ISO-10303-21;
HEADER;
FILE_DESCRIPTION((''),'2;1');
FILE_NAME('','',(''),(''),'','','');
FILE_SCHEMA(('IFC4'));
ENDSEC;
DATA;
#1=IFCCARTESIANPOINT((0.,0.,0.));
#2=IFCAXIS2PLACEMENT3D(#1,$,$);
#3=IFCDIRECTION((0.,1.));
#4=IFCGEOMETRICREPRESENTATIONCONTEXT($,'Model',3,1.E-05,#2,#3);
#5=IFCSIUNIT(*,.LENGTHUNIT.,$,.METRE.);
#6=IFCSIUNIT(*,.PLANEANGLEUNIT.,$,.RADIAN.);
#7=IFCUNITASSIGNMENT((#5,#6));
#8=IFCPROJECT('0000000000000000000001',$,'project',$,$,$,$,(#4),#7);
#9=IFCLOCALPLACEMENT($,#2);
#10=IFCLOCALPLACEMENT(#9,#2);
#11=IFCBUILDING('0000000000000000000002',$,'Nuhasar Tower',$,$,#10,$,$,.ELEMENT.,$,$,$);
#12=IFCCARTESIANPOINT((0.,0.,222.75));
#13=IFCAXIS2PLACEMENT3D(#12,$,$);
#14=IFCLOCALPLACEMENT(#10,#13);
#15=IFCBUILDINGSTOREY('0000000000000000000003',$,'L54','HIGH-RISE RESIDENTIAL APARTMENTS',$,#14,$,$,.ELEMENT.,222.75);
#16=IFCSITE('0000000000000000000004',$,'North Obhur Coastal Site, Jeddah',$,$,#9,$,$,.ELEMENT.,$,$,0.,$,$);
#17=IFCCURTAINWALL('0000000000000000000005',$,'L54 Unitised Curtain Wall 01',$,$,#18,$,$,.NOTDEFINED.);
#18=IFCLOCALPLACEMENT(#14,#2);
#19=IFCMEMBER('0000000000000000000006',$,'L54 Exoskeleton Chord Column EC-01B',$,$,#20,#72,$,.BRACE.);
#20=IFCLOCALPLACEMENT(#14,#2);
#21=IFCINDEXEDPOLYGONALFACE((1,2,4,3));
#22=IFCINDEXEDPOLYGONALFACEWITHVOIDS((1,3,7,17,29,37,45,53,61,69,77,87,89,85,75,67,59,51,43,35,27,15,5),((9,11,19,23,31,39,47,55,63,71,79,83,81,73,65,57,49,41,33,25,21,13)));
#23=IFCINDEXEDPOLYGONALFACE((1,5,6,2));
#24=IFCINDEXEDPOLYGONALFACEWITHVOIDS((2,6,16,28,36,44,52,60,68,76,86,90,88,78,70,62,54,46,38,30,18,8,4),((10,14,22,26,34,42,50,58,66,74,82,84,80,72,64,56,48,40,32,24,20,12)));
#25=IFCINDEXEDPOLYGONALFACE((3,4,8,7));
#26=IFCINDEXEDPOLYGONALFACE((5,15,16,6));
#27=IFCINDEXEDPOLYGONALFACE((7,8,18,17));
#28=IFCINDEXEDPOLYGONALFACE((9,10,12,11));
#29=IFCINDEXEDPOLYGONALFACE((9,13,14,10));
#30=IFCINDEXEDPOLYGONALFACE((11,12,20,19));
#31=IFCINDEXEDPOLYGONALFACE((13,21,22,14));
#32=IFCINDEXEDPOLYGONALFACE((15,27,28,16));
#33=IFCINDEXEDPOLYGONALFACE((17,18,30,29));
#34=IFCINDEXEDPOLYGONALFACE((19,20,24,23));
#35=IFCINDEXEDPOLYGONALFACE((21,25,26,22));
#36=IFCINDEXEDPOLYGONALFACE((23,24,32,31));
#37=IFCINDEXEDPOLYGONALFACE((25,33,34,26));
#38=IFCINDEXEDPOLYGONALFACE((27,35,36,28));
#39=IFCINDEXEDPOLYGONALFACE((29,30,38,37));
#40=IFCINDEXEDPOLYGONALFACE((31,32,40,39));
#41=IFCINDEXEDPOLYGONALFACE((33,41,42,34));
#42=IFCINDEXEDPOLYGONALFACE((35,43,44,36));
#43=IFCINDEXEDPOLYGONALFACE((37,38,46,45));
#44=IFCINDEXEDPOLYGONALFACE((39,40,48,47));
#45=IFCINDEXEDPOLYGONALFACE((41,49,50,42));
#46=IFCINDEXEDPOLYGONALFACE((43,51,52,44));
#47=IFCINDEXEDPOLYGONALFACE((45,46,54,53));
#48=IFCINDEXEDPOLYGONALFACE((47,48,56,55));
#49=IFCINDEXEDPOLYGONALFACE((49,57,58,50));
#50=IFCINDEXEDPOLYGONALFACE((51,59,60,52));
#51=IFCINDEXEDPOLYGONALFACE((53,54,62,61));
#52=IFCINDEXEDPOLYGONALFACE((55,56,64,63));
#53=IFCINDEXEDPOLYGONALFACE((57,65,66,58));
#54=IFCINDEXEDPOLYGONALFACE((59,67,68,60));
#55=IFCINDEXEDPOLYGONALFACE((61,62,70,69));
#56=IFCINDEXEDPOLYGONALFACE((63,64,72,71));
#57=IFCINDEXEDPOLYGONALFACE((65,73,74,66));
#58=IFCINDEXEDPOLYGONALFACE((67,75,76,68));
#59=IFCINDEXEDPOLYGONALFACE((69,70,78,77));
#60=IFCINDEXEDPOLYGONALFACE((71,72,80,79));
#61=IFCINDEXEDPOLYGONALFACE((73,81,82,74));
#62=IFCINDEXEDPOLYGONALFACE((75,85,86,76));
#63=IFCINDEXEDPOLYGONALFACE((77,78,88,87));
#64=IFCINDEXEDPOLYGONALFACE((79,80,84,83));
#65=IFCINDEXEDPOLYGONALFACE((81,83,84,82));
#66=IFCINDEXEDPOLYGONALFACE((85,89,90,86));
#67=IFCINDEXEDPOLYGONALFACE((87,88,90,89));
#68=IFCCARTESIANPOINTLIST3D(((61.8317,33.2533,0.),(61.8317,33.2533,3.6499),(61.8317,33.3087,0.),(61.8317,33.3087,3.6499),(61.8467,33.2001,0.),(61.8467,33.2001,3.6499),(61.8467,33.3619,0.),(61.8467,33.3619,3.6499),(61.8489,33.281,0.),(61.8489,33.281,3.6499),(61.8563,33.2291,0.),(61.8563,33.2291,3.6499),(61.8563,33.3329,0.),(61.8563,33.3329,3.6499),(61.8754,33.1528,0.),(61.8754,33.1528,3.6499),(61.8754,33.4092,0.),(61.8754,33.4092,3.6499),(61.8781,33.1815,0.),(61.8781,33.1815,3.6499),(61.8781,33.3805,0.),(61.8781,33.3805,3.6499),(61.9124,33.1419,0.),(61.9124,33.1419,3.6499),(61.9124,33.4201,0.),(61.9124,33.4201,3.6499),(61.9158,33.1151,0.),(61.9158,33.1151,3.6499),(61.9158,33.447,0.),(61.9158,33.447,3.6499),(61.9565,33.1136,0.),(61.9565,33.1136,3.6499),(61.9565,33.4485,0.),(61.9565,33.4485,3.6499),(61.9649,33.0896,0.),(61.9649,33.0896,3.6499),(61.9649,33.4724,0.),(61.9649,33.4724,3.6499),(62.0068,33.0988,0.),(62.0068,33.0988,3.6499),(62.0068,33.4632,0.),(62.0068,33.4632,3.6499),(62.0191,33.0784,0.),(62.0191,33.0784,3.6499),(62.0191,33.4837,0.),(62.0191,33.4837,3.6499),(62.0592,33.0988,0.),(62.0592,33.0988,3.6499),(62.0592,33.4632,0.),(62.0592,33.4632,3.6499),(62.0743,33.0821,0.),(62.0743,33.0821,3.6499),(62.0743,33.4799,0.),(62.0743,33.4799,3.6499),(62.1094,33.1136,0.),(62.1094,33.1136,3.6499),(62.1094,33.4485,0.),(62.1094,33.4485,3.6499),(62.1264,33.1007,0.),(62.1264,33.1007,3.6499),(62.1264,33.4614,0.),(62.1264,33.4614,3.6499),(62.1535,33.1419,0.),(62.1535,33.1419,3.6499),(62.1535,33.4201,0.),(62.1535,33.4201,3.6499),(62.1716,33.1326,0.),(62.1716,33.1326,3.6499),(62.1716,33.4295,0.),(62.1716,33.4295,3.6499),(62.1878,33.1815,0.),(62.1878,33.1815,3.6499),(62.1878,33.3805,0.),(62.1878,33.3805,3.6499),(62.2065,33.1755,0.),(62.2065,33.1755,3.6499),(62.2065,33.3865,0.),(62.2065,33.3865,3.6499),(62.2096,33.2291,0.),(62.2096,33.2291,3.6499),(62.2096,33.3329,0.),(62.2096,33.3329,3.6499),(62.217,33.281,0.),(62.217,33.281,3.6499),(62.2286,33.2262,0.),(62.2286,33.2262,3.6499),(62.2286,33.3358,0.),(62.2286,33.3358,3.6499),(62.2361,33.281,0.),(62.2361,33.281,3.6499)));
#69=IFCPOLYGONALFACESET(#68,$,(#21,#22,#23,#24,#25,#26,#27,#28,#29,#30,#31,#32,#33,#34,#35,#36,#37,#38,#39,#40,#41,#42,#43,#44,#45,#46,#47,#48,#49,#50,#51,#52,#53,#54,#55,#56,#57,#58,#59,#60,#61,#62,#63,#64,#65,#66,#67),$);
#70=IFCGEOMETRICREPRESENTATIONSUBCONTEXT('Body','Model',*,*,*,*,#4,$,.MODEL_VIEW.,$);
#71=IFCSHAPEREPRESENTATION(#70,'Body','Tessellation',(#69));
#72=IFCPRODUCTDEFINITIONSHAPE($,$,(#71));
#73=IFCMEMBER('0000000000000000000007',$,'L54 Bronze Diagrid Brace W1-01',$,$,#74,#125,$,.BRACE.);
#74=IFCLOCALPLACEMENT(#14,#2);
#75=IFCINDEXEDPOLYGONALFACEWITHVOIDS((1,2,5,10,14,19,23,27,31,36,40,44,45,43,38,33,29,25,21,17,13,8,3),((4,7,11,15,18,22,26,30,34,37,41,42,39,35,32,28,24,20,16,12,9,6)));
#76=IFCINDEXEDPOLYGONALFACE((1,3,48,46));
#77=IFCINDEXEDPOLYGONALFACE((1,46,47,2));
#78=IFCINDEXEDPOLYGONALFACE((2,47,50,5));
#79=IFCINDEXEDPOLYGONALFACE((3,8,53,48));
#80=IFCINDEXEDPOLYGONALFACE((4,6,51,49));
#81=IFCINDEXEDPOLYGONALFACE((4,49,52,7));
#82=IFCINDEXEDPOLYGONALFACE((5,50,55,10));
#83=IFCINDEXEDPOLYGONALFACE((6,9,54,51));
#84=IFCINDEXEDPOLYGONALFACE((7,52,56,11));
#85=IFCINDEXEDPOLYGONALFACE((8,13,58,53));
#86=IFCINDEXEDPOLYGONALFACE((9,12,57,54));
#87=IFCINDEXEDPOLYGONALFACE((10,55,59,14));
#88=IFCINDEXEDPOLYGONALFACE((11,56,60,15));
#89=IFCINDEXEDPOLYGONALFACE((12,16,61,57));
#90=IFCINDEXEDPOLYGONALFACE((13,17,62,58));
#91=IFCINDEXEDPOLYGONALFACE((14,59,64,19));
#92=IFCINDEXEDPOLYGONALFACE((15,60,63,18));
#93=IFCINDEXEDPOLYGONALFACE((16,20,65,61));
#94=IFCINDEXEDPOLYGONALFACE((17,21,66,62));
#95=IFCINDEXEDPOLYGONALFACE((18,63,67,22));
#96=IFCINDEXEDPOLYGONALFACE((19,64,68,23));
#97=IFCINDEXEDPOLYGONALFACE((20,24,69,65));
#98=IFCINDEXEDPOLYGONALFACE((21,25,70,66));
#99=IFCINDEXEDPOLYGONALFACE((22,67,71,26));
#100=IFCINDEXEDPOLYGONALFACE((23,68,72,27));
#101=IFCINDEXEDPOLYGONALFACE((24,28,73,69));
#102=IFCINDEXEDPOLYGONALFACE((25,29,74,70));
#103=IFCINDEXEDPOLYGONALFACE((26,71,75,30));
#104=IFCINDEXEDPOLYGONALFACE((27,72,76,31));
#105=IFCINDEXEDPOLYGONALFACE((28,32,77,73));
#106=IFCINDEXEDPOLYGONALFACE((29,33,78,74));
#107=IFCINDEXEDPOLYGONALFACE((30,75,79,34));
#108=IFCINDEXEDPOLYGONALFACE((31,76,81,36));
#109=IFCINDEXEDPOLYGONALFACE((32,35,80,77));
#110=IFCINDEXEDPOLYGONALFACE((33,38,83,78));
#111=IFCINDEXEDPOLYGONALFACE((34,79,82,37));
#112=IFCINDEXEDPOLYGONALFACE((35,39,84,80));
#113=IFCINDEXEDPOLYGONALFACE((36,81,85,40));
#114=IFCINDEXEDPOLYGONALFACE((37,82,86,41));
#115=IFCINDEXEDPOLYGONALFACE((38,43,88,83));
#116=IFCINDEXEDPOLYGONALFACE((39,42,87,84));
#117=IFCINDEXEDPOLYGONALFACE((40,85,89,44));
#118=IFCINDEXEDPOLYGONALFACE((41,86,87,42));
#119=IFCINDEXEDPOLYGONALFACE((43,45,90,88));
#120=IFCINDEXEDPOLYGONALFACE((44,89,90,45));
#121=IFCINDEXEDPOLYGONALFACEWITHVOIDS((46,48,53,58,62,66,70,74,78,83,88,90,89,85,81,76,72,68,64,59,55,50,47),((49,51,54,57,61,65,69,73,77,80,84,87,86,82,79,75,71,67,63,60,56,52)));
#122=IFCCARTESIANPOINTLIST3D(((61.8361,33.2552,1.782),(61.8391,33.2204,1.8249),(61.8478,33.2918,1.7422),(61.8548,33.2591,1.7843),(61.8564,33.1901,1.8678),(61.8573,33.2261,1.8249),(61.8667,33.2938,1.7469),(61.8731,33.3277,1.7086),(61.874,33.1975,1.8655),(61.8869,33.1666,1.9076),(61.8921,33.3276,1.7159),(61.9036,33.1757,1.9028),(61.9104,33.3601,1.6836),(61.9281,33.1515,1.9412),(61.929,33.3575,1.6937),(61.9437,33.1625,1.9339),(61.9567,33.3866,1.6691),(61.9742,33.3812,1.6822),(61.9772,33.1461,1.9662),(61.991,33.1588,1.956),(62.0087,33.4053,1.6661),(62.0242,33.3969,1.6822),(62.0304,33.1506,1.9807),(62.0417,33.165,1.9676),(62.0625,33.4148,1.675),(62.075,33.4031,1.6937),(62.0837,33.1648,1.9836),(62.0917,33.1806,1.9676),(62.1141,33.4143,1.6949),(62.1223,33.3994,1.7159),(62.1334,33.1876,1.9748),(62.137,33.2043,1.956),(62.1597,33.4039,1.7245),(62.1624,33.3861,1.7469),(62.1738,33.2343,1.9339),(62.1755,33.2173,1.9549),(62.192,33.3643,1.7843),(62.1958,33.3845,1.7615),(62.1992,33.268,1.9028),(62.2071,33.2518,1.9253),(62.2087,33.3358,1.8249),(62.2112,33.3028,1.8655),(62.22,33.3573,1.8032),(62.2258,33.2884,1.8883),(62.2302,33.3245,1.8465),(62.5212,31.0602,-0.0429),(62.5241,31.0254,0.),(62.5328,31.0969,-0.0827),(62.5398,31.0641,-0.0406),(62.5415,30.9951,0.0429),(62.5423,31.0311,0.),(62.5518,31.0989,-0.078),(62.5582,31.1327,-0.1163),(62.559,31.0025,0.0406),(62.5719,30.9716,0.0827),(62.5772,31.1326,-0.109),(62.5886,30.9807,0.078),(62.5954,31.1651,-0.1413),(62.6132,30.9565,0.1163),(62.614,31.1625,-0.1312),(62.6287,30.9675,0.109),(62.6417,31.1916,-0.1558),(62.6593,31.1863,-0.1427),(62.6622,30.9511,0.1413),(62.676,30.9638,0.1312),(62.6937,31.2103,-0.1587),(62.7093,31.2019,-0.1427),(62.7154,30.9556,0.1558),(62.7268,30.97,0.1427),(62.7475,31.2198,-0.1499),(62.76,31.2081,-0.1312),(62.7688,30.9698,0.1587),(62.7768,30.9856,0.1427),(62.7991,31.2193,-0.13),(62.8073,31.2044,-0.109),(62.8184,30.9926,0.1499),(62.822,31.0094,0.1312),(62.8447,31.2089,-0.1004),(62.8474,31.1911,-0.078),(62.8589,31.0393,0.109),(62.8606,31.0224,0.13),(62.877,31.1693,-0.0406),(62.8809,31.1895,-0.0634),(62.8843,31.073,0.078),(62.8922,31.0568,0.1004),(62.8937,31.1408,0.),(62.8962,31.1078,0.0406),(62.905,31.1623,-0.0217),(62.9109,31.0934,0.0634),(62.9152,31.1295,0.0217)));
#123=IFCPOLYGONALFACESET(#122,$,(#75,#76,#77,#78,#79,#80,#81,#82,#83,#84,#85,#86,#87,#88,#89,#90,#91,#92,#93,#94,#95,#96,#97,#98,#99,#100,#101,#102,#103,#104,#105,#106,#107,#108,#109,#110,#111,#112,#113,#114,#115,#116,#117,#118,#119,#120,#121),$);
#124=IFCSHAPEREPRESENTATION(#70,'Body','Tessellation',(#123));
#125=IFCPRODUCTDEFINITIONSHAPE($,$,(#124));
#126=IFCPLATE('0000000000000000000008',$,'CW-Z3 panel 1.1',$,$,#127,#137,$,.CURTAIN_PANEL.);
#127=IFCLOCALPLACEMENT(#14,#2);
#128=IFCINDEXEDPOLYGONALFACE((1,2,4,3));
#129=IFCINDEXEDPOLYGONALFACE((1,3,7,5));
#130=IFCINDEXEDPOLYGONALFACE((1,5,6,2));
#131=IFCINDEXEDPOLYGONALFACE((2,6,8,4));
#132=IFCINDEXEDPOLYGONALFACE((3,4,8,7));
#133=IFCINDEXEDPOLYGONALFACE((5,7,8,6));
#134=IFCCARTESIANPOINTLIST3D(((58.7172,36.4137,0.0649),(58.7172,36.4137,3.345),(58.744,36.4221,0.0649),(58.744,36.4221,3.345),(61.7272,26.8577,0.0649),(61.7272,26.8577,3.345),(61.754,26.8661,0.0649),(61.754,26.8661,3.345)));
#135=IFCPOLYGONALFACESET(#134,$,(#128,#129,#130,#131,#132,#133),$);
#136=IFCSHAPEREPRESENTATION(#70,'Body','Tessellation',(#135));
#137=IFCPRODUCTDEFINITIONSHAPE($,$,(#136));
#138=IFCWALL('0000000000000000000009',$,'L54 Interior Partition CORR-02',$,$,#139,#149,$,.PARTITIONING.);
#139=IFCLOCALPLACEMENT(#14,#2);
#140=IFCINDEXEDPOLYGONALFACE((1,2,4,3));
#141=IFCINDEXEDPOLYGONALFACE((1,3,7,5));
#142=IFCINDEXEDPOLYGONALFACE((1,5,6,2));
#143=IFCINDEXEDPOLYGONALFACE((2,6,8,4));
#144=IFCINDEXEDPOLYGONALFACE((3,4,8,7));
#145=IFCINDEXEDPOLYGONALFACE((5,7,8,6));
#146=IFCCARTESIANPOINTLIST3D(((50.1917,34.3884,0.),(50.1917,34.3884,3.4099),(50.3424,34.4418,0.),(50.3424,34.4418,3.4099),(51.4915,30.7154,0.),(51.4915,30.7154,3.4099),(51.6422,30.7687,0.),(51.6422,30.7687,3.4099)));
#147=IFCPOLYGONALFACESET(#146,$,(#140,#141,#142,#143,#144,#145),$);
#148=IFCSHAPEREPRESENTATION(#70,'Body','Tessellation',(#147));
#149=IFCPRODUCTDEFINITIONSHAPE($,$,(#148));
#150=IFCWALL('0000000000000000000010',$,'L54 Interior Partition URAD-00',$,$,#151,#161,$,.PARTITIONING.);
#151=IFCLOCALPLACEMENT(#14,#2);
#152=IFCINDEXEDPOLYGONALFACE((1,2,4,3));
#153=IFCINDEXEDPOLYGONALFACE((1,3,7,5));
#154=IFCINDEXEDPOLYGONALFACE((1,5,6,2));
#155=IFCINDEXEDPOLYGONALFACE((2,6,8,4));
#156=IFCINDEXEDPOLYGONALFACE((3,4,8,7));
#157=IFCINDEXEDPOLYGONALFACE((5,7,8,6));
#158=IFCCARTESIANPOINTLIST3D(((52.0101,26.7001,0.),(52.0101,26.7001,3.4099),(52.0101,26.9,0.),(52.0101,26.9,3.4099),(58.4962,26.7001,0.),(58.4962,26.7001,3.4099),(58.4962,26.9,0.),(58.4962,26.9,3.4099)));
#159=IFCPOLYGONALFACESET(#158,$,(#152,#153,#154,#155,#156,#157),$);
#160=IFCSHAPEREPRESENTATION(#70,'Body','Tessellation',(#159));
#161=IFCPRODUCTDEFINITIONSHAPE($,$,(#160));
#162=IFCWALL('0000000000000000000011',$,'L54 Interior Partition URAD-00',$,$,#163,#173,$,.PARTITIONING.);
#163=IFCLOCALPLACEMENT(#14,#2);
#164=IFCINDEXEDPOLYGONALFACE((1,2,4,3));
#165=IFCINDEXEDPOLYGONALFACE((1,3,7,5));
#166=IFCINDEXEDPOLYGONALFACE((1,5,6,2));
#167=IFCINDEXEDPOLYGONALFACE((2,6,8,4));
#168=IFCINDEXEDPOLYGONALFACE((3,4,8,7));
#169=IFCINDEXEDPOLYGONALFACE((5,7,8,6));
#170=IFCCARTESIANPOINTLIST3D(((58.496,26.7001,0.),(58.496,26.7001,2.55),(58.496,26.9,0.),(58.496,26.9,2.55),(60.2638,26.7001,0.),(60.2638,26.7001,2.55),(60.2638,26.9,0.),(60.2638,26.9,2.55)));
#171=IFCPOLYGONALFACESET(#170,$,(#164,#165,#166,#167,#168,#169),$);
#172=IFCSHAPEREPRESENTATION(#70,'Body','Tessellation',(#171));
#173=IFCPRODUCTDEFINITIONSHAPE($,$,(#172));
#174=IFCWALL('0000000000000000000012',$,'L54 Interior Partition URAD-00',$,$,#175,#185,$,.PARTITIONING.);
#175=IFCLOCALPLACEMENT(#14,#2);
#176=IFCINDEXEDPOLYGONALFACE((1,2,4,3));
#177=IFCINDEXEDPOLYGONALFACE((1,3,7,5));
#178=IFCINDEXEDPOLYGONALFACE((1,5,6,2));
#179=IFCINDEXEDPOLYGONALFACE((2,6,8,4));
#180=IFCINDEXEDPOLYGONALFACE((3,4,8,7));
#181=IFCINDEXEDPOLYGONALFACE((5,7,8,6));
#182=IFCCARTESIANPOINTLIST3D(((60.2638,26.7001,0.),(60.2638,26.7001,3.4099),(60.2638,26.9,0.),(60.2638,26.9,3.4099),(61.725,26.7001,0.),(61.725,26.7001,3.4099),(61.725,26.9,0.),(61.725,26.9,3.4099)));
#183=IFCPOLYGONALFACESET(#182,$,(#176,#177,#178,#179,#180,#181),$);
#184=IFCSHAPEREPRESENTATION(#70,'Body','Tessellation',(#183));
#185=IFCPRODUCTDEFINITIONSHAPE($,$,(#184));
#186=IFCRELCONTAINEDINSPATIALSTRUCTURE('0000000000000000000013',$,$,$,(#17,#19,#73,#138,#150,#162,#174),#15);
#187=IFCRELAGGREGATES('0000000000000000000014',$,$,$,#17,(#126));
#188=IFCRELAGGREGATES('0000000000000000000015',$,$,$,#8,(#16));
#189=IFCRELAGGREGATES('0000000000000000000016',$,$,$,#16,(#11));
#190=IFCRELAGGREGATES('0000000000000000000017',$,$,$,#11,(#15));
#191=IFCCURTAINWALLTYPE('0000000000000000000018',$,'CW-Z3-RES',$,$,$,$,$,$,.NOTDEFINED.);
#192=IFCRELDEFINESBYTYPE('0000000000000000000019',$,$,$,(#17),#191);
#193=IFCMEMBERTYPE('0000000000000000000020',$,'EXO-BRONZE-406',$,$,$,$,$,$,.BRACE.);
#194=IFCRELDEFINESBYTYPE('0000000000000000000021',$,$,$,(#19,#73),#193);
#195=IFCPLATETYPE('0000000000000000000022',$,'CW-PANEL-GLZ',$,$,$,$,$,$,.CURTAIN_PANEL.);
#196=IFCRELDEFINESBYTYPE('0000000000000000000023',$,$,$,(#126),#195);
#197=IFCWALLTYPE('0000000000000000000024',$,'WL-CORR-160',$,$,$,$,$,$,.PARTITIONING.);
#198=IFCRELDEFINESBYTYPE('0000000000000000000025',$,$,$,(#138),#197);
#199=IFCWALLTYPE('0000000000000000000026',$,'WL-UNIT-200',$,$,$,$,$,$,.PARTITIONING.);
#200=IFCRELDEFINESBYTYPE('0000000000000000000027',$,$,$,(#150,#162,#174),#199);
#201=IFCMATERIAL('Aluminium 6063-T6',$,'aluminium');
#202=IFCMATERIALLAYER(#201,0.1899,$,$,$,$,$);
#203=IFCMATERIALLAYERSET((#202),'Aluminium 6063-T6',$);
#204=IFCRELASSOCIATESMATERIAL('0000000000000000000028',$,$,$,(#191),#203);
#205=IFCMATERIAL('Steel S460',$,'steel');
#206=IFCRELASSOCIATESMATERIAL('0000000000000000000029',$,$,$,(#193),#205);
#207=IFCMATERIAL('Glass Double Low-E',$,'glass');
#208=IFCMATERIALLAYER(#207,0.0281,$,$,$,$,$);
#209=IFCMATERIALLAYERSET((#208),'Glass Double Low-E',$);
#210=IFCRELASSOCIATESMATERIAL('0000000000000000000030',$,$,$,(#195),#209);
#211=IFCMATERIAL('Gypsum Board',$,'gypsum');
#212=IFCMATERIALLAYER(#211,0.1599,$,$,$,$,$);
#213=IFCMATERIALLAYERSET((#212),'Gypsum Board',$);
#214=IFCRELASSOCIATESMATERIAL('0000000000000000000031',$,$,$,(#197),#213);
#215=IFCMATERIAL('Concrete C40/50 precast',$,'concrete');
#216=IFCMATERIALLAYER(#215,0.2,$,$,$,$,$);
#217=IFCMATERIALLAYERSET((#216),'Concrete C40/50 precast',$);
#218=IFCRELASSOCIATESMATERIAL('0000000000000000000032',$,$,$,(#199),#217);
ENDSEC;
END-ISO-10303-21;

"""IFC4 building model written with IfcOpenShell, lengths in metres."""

from ifc_helpers import new_model, si_unit, direction, frame, frame_2d, origin, origin_2d, place, context, subcontext, project, spatial, rectangle, hollow_circle, extrude, material, layer, layer_set, material_profile, profile_set, type_object, element, aggregate, save


model = new_model("IFC4")

# Units and contexts
model_context = context("Model", 3, precision=1e-05, world=origin(), true_north=direction((0.0, 1.0)))
body_context = subcontext(model_context, "Body", "Model", "MODEL_VIEW")
ifc_project = project(units=[si_unit("LENGTHUNIT", "METRE"), si_unit("PLANEANGLEUNIT", "RADIAN")], contexts=[model_context])

# Site, building, storey
site_placement = place(None, origin())
site = spatial("IfcSite", under=ifc_project, at=site_placement, Name="North Obhur Coastal Site, Jeddah", CompositionType="ELEMENT", RefElevation=0.0)
building_placement = place(site_placement, origin())
building = spatial("IfcBuilding", under=site, at=building_placement, Name="Nuhasar Tower", CompositionType="ELEMENT")
storey_placement = place(building_placement, frame((0.0, 0.0, 222.75)))
storey = spatial("IfcBuildingStorey", under=building, at=storey_placement, Name="L54", Description="HIGH-RISE RESIDENTIAL APARTMENTS", CompositionType="ELEMENT", Elevation=222.75)

# Curtain wall
ifc_material_1 = material(Name="Aluminium 6063-T6", Category="aluminium")
ifc_layer_1 = layer(ifc_material_1, 0.1899)
ifc_layer_set_1 = layer_set([ifc_layer_1], Name="Aluminium 6063-T6")
curtain_wall_type = type_object("IfcCurtainWallType", Name="CW-Z3-RES", PredefinedType="NOTDEFINED", material=ifc_layer_set_1)
curtain_wall_1_placement = place(storey_placement, origin())
curtain_wall_1 = element("IfcCurtainWall", 1, at=curtain_wall_1_placement, inside=storey, type_object=curtain_wall_type, Name="L54 Unitised Curtain Wall 01", PredefinedType="NOTDEFINED")

# Members
ifc_material_2 = material(Name="Steel S460", Category="steel")
ifc_material_profile_1 = material_profile(ifc_material_2, hollow_circle(Radius=0.2031, WallThickness=0.019, at=origin_2d()), Name="HSS406.4X19.1")
ifc_profile_set_1 = profile_set([ifc_material_profile_1], Name="Steel S460")
member_type_1 = type_object("IfcMemberType", Name="EXO-BRONZE-406", PredefinedType="BRACE", material=ifc_profile_set_1)
for number, where, z_axis, x_axis, name in (
    (2, (62.033, 33.281, 0.0), (0.0, 0.0, 1.0), (1.0, 0.0, 0.0), "L54 Exoskeleton Chord Column EC-01B"),
):
    element("IfcMember", number, at=place(storey_placement, frame(where, z_axis=z_axis, x_axis=x_axis)), inside=storey, type_object=member_type_1, Name=name, PredefinedType="BRACE", context=body_context, shape_type="SweptSolid", body=[
        extrude(hollow_circle(Radius=0.2031, WallThickness=0.019, at=origin_2d()), origin(), (0.0, 0.0, 1.0), 3.6499),
    ])
member_1_placement = place(storey_placement, frame((62.718, 31.0859, 0.0), z_axis=(-0.233358, 0.747727, 0.62165), x_axis=(-0.954591, -0.297918, 0.0)))
element("IfcMember", 3, at=member_1_placement, inside=storey, type_object=member_type_1, Name="L54 Bronze Diagrid Brace W1-01", PredefinedType="BRACE", context=body_context, shape_type="SweptSolid", body=[
    extrude(hollow_circle(Radius=0.2031, WallThickness=0.019, at=origin_2d()), origin(), (0.0, 0.0, 1.0), 2.9355),
])

# Plate
ifc_material_3 = material(Name="Glass Double Low-E", Category="glass")
ifc_layer_2 = layer(ifc_material_3, 0.0281)
ifc_layer_set_2 = layer_set([ifc_layer_2], Name="Glass Double Low-E")
plate_type = type_object("IfcPlateType", Name="CW-PANEL-GLZ", PredefinedType="CURTAIN_PANEL", material=ifc_layer_set_2)
plate_placement = place(storey_placement, frame((60.2356, 31.6399, 0.0649), z_axis=(0.0, 0.0, 1.0), x_axis=(-0.300429, 0.953804, 0.0)))
plate = element("IfcPlate", 4, at=plate_placement, type_object=plate_type, Name="CW-Z3 panel 1.1", PredefinedType="CURTAIN_PANEL", context=body_context, shape_type="SweptSolid", body=[
    extrude(rectangle(XDim=10.0188, YDim=0.0281, at=origin_2d()), origin(), (0.0, 0.0, 1.0), 3.28),
])
aggregate(curtain_wall_1, [plate])

# Shared definitions
ifc_material_4 = material(Name="Gypsum Board", Category="gypsum")
ifc_layer_3 = layer(ifc_material_4, 0.1599)
ifc_layer_set_3 = layer_set([ifc_layer_3], Name="Gypsum Board")
wall_type_1 = type_object("IfcWallType", Name="WL-CORR-160", PredefinedType="PARTITIONING", material=ifc_layer_set_3)

# Walls
wall_1_placement = place(storey_placement, frame((51.5669, 30.7419, 0.0), z_axis=(0.0, 0.0, 1.0), x_axis=(-0.3336, 0.942715, 0.0)))
element("IfcWall", 5, at=wall_1_placement, inside=storey, type_object=wall_type_1, Name="L54 Interior Partition CORR-02", PredefinedType="PARTITIONING", context=body_context, shape_type="SweptSolid", body=[
    extrude(rectangle(XDim=3.8962, YDim=0.1599, at=frame_2d((1.9482, 0.0))), origin(), (0.0, 0.0, 1.0), 3.4099),
])
ifc_material_5 = material(Name="Concrete C40/50 precast", Category="concrete")
ifc_layer_4 = layer(ifc_material_5, 0.2)
ifc_layer_set_4 = layer_set([ifc_layer_4], Name="Concrete C40/50 precast")
wall_type_2 = type_object("IfcWallType", Name="WL-UNIT-200", PredefinedType="PARTITIONING", material=ifc_layer_set_4)
wall_2_placement = place(storey_placement, frame((52.01, 26.8, 0.0), z_axis=(0.0, 0.0, 1.0), x_axis=(1.0, 0.0, 0.0)))
element("IfcWall", 6, at=wall_2_placement, inside=storey, type_object=wall_type_2, Name="L54 Interior Partition URAD-00", PredefinedType="PARTITIONING", context=body_context, shape_type="SweptSolid", body=[
    extrude(rectangle(XDim=6.4861, YDim=0.2, at=frame_2d((3.2432, 0.0))), origin(), (0.0, 0.0, 1.0), 3.4099),
])
wall_3_placement = place(storey_placement, frame((58.4961, 26.8, 0.0), z_axis=(0.0, 0.0, 1.0), x_axis=(1.0, 0.0, 0.0)))
element("IfcWall", 7, at=wall_3_placement, inside=storey, type_object=wall_type_2, Name="L54 Interior Partition URAD-00", PredefinedType="PARTITIONING", context=body_context, shape_type="SweptSolid", body=[
    extrude(rectangle(XDim=1.7678, YDim=0.2, at=frame_2d((0.8838, 0.0))), origin(), (0.0, 0.0, 1.0), 2.55),
])
wall_4_placement = place(storey_placement, frame((60.2639, 26.8, 0.0), z_axis=(0.0, 0.0, 1.0), x_axis=(1.0, 0.0, 0.0)))
element("IfcWall", 8, at=wall_4_placement, inside=storey, type_object=wall_type_2, Name="L54 Interior Partition URAD-00", PredefinedType="PARTITIONING", context=body_context, shape_type="SweptSolid", body=[
    extrude(rectangle(XDim=1.4612, YDim=0.2, at=frame_2d((0.7305, 0.0))), origin(), (0.0, 0.0, 1.0), 3.4099),
])

save(model, "model.ifc")
